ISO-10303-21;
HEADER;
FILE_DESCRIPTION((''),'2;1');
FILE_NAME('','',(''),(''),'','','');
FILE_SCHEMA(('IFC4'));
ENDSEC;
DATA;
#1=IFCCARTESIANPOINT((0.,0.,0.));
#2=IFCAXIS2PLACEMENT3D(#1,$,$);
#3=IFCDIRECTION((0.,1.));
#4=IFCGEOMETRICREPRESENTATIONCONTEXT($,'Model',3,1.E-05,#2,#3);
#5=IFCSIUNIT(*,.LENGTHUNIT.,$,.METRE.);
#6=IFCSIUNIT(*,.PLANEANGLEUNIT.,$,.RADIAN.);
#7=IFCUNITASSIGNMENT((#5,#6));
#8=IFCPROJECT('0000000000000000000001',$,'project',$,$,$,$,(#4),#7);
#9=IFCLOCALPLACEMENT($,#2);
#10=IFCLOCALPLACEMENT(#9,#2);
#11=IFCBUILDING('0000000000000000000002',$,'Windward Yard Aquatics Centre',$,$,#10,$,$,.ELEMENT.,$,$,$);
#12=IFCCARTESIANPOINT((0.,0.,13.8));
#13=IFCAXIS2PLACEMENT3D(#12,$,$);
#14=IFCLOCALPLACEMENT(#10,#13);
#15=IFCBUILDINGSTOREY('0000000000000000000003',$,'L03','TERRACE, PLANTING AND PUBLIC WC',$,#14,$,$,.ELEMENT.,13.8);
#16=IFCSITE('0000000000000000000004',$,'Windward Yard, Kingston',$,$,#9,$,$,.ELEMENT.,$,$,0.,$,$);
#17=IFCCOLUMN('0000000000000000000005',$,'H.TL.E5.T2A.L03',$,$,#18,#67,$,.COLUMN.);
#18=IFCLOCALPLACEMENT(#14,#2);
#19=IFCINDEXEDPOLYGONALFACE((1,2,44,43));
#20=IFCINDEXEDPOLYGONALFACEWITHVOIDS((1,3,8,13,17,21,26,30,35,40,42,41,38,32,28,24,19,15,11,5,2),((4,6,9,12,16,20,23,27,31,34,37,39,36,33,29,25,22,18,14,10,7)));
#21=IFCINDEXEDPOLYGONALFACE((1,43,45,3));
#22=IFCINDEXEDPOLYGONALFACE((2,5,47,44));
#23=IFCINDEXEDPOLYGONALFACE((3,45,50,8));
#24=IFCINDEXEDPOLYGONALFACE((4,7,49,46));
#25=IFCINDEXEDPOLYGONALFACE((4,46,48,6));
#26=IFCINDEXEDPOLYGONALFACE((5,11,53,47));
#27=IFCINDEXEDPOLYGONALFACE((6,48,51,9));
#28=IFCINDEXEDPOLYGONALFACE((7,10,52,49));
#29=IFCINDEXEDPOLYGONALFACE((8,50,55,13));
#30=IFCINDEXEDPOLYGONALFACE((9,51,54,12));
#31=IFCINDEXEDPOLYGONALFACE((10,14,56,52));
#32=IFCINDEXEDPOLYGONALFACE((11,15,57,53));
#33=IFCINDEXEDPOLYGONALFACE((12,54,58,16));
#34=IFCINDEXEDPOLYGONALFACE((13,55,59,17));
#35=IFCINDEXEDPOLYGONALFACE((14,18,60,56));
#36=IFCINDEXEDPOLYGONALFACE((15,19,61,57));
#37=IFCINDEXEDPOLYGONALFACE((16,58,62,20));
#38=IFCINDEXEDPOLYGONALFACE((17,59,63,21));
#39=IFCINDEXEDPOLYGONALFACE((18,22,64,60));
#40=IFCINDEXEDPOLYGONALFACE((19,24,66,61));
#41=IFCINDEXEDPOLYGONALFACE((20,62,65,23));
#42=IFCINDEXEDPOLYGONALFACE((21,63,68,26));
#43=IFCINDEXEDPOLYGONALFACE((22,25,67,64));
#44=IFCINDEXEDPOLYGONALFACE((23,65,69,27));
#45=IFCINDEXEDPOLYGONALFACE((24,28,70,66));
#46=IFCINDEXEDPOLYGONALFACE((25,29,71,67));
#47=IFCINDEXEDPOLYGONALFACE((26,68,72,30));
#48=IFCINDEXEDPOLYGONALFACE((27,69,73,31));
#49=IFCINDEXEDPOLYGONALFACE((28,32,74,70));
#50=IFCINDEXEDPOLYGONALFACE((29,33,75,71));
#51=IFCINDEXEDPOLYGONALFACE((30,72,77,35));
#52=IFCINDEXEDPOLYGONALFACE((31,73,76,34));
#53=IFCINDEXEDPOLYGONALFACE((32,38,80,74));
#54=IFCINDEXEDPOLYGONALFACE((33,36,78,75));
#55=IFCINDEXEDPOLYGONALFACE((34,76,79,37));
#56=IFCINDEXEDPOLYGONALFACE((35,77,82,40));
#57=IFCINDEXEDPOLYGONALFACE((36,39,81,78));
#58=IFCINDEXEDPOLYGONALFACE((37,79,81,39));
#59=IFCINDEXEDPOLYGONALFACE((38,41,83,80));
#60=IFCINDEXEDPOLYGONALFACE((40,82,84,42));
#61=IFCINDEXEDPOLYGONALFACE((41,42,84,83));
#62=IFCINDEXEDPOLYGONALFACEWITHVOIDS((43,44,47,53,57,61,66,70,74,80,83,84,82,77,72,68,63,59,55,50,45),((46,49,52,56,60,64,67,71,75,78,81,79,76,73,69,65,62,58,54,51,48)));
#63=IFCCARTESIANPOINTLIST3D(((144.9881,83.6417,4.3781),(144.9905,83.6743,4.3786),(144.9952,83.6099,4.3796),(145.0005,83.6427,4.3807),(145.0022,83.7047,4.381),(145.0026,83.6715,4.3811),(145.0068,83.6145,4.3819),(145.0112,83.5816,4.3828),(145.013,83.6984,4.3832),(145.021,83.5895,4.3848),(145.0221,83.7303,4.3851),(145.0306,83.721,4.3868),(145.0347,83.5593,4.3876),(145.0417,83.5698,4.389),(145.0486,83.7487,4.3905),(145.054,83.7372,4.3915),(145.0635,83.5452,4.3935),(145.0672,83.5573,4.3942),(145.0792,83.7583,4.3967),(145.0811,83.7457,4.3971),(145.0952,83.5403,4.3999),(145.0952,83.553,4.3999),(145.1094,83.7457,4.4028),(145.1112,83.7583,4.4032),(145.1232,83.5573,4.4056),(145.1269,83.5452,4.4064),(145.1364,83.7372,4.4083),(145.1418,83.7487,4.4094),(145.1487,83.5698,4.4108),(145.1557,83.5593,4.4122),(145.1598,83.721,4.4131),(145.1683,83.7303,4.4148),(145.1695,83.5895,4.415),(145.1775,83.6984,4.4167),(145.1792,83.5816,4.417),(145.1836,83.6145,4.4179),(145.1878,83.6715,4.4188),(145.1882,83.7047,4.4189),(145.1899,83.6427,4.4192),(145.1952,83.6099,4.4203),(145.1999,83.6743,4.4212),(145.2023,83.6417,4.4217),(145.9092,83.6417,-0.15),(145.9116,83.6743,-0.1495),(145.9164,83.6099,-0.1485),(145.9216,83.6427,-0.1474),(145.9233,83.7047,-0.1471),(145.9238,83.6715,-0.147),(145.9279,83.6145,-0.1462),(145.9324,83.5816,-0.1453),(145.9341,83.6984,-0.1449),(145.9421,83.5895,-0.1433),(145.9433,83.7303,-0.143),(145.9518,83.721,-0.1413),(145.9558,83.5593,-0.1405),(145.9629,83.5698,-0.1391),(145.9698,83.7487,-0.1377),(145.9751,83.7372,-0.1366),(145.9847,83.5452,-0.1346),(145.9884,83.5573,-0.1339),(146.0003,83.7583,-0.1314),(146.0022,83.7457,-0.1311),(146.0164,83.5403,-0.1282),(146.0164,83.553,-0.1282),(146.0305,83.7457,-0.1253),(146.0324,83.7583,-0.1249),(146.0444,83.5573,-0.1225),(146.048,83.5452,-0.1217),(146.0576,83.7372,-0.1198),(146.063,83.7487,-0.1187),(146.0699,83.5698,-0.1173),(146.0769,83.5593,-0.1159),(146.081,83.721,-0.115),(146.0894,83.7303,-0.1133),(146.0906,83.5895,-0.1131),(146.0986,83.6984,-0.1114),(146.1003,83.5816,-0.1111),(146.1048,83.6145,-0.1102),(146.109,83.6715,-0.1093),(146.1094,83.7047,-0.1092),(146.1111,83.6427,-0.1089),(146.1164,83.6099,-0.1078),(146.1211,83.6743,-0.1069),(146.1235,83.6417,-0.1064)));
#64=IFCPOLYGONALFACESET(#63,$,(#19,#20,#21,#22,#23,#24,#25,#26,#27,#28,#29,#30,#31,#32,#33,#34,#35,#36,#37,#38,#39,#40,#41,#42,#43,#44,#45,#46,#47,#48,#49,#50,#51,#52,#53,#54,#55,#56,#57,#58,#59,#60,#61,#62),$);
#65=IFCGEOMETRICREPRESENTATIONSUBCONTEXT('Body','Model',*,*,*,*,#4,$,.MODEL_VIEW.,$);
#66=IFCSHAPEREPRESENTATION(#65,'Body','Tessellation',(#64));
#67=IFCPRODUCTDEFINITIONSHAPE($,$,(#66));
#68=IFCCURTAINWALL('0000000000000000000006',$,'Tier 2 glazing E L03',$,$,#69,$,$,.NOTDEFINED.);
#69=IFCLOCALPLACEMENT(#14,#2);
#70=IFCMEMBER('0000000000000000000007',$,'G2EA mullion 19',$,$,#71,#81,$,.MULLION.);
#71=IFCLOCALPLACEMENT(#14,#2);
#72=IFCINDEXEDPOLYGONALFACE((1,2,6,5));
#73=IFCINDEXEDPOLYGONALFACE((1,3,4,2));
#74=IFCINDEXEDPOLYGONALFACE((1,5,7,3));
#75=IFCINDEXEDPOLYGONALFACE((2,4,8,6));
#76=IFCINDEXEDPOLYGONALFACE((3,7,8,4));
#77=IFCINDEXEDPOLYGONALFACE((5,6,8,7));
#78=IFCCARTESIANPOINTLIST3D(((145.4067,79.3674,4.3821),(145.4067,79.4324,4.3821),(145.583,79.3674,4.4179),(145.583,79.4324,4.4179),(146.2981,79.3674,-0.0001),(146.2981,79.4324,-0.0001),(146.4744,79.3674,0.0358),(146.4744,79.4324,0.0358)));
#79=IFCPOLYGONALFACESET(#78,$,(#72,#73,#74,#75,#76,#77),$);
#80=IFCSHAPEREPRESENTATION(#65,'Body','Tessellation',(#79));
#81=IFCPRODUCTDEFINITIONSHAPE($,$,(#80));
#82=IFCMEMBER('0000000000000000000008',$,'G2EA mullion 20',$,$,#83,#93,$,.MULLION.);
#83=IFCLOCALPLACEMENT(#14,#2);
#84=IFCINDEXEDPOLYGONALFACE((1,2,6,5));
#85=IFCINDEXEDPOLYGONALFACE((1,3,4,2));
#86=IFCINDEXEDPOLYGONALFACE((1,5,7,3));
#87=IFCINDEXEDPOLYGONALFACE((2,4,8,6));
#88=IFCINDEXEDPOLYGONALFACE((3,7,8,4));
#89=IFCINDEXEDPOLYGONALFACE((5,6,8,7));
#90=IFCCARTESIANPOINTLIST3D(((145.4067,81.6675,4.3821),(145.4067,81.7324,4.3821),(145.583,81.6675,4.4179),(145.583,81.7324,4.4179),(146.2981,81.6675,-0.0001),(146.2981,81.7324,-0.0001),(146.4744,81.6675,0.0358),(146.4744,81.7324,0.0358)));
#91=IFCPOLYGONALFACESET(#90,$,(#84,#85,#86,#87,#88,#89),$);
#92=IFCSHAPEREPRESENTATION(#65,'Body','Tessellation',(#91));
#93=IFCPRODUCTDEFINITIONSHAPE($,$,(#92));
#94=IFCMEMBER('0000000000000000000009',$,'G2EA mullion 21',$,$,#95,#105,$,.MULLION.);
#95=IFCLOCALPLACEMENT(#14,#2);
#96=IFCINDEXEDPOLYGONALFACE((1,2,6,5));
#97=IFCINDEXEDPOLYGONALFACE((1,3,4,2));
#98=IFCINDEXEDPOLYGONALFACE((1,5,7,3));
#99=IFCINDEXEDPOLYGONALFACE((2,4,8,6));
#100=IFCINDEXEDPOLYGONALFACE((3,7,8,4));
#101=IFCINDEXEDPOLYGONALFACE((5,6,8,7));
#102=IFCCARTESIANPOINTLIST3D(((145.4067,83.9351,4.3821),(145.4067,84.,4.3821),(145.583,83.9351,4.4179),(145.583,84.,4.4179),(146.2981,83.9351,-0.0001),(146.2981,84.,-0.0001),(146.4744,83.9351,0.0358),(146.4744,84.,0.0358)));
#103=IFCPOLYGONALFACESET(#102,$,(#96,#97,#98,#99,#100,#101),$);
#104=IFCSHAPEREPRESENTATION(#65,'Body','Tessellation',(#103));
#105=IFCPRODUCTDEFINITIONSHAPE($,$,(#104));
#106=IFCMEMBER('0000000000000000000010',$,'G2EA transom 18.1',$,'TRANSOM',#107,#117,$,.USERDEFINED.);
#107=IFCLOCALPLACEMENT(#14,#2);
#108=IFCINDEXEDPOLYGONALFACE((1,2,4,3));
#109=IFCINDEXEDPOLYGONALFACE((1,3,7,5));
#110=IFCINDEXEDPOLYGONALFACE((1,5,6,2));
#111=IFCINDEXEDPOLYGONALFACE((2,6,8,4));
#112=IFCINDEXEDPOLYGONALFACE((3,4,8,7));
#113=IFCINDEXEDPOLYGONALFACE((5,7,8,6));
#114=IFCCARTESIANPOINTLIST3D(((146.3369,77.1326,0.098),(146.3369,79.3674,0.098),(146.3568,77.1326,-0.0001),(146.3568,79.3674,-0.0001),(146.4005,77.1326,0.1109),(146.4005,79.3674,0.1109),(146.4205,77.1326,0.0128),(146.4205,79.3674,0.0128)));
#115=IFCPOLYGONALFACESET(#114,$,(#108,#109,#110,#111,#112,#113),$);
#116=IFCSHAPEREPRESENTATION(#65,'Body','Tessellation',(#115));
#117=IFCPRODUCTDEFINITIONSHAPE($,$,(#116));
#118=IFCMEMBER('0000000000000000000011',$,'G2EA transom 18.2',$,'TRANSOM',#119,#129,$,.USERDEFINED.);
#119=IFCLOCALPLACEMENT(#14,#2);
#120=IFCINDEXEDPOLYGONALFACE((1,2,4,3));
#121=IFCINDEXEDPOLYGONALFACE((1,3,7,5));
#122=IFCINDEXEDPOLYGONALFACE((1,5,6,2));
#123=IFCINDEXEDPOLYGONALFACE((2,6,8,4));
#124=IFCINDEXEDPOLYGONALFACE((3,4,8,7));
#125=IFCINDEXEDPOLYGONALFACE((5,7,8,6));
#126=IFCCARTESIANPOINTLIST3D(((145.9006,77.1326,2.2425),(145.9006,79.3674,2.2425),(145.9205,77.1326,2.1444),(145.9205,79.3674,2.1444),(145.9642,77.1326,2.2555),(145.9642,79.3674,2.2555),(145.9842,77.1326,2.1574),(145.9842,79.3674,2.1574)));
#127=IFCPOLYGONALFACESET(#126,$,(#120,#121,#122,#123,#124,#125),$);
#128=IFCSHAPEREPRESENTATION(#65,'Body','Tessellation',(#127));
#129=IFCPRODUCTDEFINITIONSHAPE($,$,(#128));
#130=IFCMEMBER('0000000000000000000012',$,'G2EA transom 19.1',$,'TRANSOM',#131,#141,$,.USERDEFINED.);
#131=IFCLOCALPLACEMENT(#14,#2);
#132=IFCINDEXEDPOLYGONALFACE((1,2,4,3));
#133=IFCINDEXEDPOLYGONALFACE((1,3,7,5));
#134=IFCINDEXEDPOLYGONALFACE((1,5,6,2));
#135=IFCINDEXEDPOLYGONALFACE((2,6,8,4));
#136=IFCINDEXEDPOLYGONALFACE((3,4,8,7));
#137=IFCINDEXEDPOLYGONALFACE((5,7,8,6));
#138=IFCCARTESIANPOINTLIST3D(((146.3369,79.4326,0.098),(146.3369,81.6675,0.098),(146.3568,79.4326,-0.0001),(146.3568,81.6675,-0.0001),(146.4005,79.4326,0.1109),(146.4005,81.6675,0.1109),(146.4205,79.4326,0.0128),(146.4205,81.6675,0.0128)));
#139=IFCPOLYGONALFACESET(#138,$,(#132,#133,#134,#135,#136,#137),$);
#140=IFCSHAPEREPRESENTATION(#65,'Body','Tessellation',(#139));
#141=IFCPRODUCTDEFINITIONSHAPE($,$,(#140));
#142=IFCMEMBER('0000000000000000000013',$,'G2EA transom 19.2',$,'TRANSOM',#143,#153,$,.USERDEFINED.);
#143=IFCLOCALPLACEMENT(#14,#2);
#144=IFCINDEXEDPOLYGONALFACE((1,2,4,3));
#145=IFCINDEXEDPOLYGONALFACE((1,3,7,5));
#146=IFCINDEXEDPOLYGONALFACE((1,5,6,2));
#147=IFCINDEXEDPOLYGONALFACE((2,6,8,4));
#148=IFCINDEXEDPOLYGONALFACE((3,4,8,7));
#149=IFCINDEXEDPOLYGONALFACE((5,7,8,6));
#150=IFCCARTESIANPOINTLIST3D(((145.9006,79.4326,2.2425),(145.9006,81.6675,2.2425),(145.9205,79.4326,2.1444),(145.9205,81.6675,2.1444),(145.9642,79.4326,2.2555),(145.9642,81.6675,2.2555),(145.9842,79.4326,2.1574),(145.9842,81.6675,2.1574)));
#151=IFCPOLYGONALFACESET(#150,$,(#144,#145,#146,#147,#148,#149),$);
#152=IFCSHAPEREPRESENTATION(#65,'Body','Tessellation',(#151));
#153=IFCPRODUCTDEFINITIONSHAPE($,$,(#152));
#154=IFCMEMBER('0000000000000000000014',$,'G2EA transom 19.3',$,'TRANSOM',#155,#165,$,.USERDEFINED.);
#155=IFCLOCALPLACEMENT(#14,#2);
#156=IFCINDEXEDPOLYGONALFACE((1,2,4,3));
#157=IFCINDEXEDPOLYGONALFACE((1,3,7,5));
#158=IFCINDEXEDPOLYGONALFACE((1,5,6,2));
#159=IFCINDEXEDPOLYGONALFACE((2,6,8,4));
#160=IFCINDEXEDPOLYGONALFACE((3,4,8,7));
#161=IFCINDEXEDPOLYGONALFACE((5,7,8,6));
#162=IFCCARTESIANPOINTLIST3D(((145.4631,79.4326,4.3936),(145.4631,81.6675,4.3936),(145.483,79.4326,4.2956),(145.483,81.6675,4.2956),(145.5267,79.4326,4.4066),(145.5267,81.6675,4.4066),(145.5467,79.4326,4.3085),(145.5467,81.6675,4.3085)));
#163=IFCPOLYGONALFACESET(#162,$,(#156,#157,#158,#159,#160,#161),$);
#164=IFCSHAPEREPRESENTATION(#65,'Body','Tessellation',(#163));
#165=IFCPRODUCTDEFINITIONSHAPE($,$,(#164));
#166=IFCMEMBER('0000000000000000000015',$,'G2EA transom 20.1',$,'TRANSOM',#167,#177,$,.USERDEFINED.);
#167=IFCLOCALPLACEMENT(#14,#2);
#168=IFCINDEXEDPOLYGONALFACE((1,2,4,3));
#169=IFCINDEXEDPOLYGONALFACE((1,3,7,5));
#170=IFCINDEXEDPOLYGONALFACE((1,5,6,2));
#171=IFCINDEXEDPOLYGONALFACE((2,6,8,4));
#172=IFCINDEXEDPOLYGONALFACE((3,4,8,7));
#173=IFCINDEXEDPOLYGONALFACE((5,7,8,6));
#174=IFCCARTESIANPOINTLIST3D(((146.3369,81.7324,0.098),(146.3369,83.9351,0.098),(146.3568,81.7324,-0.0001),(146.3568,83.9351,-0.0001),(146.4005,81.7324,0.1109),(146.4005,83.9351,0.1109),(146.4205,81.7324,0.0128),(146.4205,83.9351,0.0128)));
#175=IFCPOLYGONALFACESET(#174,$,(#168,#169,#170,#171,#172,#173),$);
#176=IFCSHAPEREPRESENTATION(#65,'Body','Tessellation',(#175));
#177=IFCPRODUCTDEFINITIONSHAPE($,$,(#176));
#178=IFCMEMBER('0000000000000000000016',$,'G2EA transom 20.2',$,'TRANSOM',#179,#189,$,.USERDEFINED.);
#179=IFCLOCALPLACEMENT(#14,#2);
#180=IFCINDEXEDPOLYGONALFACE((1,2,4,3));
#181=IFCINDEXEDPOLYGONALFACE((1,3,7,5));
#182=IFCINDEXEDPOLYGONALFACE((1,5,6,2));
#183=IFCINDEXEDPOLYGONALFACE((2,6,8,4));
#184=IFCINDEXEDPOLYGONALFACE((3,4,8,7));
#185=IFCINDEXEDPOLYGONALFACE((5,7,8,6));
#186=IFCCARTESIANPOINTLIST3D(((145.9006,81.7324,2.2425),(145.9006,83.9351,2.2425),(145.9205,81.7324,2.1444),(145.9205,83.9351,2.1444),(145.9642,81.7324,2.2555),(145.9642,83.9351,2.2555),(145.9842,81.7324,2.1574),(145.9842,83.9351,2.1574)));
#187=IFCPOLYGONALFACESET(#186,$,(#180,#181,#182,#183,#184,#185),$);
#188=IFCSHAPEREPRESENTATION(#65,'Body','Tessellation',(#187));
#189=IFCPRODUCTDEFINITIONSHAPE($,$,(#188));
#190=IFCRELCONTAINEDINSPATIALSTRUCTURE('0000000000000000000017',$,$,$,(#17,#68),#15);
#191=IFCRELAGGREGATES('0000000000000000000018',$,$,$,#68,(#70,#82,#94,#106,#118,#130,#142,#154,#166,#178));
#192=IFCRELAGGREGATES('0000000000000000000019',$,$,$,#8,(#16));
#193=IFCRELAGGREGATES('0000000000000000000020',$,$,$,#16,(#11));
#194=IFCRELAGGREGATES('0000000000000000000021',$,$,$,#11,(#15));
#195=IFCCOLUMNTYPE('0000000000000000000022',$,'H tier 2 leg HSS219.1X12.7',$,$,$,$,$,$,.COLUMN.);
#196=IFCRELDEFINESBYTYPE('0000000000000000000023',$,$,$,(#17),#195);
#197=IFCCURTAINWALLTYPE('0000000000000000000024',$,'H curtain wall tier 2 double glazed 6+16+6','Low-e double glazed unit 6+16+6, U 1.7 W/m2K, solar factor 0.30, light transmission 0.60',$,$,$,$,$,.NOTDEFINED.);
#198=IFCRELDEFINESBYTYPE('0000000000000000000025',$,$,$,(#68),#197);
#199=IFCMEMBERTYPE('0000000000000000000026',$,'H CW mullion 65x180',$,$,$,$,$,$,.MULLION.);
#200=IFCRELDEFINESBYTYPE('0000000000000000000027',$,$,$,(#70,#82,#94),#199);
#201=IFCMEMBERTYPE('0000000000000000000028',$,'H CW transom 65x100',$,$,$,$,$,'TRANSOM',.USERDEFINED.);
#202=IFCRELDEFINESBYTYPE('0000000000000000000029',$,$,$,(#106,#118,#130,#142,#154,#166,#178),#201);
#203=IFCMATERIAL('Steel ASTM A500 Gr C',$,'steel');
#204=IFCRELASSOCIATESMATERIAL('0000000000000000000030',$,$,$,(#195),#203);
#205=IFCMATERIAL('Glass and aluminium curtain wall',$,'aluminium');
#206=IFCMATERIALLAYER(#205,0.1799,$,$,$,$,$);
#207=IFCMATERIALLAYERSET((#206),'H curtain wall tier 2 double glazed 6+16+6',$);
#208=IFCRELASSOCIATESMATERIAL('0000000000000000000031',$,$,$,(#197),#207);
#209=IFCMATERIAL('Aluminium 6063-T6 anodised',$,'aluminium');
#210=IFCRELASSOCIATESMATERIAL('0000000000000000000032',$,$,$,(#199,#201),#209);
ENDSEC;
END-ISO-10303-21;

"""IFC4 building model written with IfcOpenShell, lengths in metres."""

from ifc_helpers import new_model, si_unit, direction, frame, origin, origin_2d, place, context, subcontext, project, spatial, rectangle, hollow_circle, extrude, material, layer, layer_set, material_profile, profile_set, type_object, element, aggregate, save


model = new_model("IFC4")

# Units and contexts
model_context = context("Model", 3, precision=1e-05, world=origin(), true_north=direction((0.0, 1.0)))
body_context = subcontext(model_context, "Body", "Model", "MODEL_VIEW")
ifc_project = project(units=[si_unit("LENGTHUNIT", "METRE"), si_unit("PLANEANGLEUNIT", "RADIAN")], contexts=[model_context])

# Site, building, storey
site_placement = place(None, origin())
site = spatial("IfcSite", under=ifc_project, at=site_placement, Name="Windward Yard, Kingston", CompositionType="ELEMENT", RefElevation=0.0)
building_placement = place(site_placement, origin())
building = spatial("IfcBuilding", under=site, at=building_placement, Name="Windward Yard Aquatics Centre", CompositionType="ELEMENT")
storey_placement = place(building_placement, frame((0.0, 0.0, 13.8)))
storey = spatial("IfcBuildingStorey", under=building, at=storey_placement, Name="L03", Description="TERRACE, PLANTING AND PUBLIC WC", CompositionType="ELEMENT", Elevation=13.8)

# Column
ifc_material_1 = material(Name="Steel ASTM A500 Gr C", Category="steel")
ifc_material_profile_1 = material_profile(ifc_material_1, hollow_circle(Radius=0.1096, WallThickness=0.0127, at=origin_2d()), Name="HSS219.1X12.7")
ifc_profile_set_1 = profile_set([ifc_material_profile_1], Name="Steel ASTM A500 Gr C")
column_type = type_object("IfcColumnType", Name="H tier 2 leg HSS219.1X12.7", PredefinedType="COLUMN", material=ifc_profile_set_1)
column_placement = place(storey_placement, frame((146.0164, 83.6499, -0.1282), z_axis=(-0.199346, 0.0, 0.979929), x_axis=(0.0, -1.0, 0.0)))
element("IfcColumn", 1, at=column_placement, inside=storey, type_object=column_type, Name="H.TL.E5.T2A.L03", PredefinedType="COLUMN", context=body_context, shape_type="SweptSolid", body=[
    extrude(hollow_circle(Radius=0.1096, WallThickness=0.0127, at=origin_2d()), origin(), (0.0, 0.0, 1.0), 4.6208),
])

# Curtain wall, members
ifc_material_2 = material(Name="Glass and aluminium curtain wall", Category="aluminium")
ifc_layer_1 = layer(ifc_material_2, 0.1799)
ifc_layer_set_1 = layer_set([ifc_layer_1], Name="H curtain wall tier 2 double glazed 6+16+6")
curtain_wall_type = type_object("IfcCurtainWallType", Name="H curtain wall tier 2 double glazed 6+16+6", Description="Low-e double glazed unit 6+16+6, U 1.7 W/m2K, solar factor 0.30, light transmission 0.60", PredefinedType="NOTDEFINED", material=ifc_layer_set_1)
curtain_wall_placement = place(storey_placement, origin())
curtain_wall = element("IfcCurtainWall", 2, at=curtain_wall_placement, inside=storey, type_object=curtain_wall_type, Name="Tier 2 glazing E L03", PredefinedType="NOTDEFINED")
ifc_material_3 = material(Name="Aluminium 6063-T6 anodised", Category="aluminium")
ifc_material_profile_2 = material_profile(ifc_material_3, rectangle(XDim=0.0649, YDim=0.1799, at=origin_2d()), Name="H CW mullion 65x180")
ifc_profile_set_2 = profile_set([ifc_material_profile_2], Name="Aluminium 6063-T6 anodised")
member_type_1 = type_object("IfcMemberType", Name="H CW mullion 65x180", PredefinedType="MULLION", material=ifc_profile_set_2)
member_1_placement = place(storey_placement, frame((146.3862, 79.3999, 0.0178), z_axis=(-0.199328, 0.0, 0.979933), x_axis=(0.0, -1.0, 0.0)))
member_1 = element("IfcMember", 3, at=member_1_placement, type_object=member_type_1, Name="G2EA mullion 19", PredefinedType="MULLION", context=body_context, shape_type="SweptSolid", body=[
    extrude(rectangle(XDim=0.0649, YDim=0.1799, at=origin_2d()), origin(), (0.0, 0.0, 1.0), 4.4719),
])
member_2_placement = place(storey_placement, frame((146.3862, 81.7, 0.0178), z_axis=(-0.199328, 0.0, 0.979933), x_axis=(0.0, -1.0, 0.0)))
member_2 = element("IfcMember", 4, at=member_2_placement, type_object=member_type_1, Name="G2EA mullion 20", PredefinedType="MULLION", context=body_context, shape_type="SweptSolid", body=[
    extrude(rectangle(XDim=0.0649, YDim=0.1799, at=origin_2d()), origin(), (0.0, 0.0, 1.0), 4.4719),
])
member_3_placement = place(storey_placement, frame((146.3862, 83.9675, 0.0178), z_axis=(-0.199328, 0.0, 0.979933), x_axis=(0.0, -1.0, 0.0)))
member_3 = element("IfcMember", 5, at=member_3_placement, type_object=member_type_1, Name="G2EA mullion 21", PredefinedType="MULLION", context=body_context, shape_type="SweptSolid", body=[
    extrude(rectangle(XDim=0.0649, YDim=0.1799, at=origin_2d()), origin(), (0.0, 0.0, 1.0), 4.4719),
])
ifc_material_profile_3 = material_profile(ifc_material_3, rectangle(XDim=0.0649, YDim=0.1001, at=origin_2d()), Name="H CW transom 65x100")
ifc_profile_set_3 = profile_set([ifc_material_profile_3], Name="Aluminium 6063-T6 anodised")
member_type_2 = type_object("IfcMemberType", Name="H CW transom 65x100", ElementType="TRANSOM", PredefinedType="USERDEFINED", material=ifc_profile_set_3)
member_4_placement = place(storey_placement, frame((146.3787, 77.1326, 0.0554), z_axis=(0.0, 1.0, 0.0), x_axis=(0.979925, 0.0, 0.199368)))
member_4 = element("IfcMember", 6, at=member_4_placement, type_object=member_type_2, Name="G2EA transom 18.1", ObjectType="TRANSOM", PredefinedType="USERDEFINED", context=body_context, shape_type="SweptSolid", body=[
    extrude(rectangle(XDim=0.0649, YDim=0.1001, at=origin_2d()), origin(), (0.0, 0.0, 1.0), 2.2349),
])
member_5_placement = place(storey_placement, frame((145.9424, 77.1326, 2.2), z_axis=(0.0, 1.0, 0.0), x_axis=(0.979925, 0.0, 0.199368)))
member_5 = element("IfcMember", 7, at=member_5_placement, type_object=member_type_2, Name="G2EA transom 18.2", ObjectType="TRANSOM", PredefinedType="USERDEFINED", context=body_context, shape_type="SweptSolid", body=[
    extrude(rectangle(XDim=0.0649, YDim=0.1001, at=origin_2d()), origin(), (0.0, 0.0, 1.0), 2.2349),
])
member_6_placement = place(storey_placement, frame((146.3787, 79.4326, 0.0554), z_axis=(0.0, 1.0, 0.0), x_axis=(0.979925, 0.0, 0.199368)))
member_6 = element("IfcMember", 8, at=member_6_placement, type_object=member_type_2, Name="G2EA transom 19.1", ObjectType="TRANSOM", PredefinedType="USERDEFINED", context=body_context, shape_type="SweptSolid", body=[
    extrude(rectangle(XDim=0.0649, YDim=0.1001, at=origin_2d()), origin(), (0.0, 0.0, 1.0), 2.2349),
])
member_7_placement = place(storey_placement, frame((145.9424, 79.4326, 2.2), z_axis=(0.0, 1.0, 0.0), x_axis=(0.979925, 0.0, 0.199368)))
member_7 = element("IfcMember", 9, at=member_7_placement, type_object=member_type_2, Name="G2EA transom 19.2", ObjectType="TRANSOM", PredefinedType="USERDEFINED", context=body_context, shape_type="SweptSolid", body=[
    extrude(rectangle(XDim=0.0649, YDim=0.1001, at=origin_2d()), origin(), (0.0, 0.0, 1.0), 2.2349),
])
member_8_placement = place(storey_placement, frame((145.5049, 79.4326, 4.3511), z_axis=(0.0, 1.0, 0.0), x_axis=(0.979925, 0.0, 0.199368)))
member_8 = element("IfcMember", 10, at=member_8_placement, type_object=member_type_2, Name="G2EA transom 19.3", ObjectType="TRANSOM", PredefinedType="USERDEFINED", context=body_context, shape_type="SweptSolid", body=[
    extrude(rectangle(XDim=0.0649, YDim=0.1001, at=origin_2d()), origin(), (0.0, 0.0, 1.0), 2.2349),
])
member_9_placement = place(storey_placement, frame((146.3787, 81.7324, 0.0554), z_axis=(0.0, 1.0, 0.0), x_axis=(0.979925, 0.0, 0.199368)))
member_9 = element("IfcMember", 11, at=member_9_placement, type_object=member_type_2, Name="G2EA transom 20.1", ObjectType="TRANSOM", PredefinedType="USERDEFINED", context=body_context, shape_type="SweptSolid", body=[
    extrude(rectangle(XDim=0.0649, YDim=0.1001, at=origin_2d()), origin(), (0.0, 0.0, 1.0), 2.2026),
])
member_10_placement = place(storey_placement, frame((145.9424, 81.7324, 2.2), z_axis=(0.0, 1.0, 0.0), x_axis=(0.979925, 0.0, 0.199368)))
member_10 = element("IfcMember", 12, at=member_10_placement, type_object=member_type_2, Name="G2EA transom 20.2", ObjectType="TRANSOM", PredefinedType="USERDEFINED", context=body_context, shape_type="SweptSolid", body=[
    extrude(rectangle(XDim=0.0649, YDim=0.1001, at=origin_2d()), origin(), (0.0, 0.0, 1.0), 2.2026),
])

aggregate(curtain_wall, [member_1, member_2, member_3, member_4, member_5, member_6, member_7, member_8, member_9, member_10])

save(model, "model.ifc")
